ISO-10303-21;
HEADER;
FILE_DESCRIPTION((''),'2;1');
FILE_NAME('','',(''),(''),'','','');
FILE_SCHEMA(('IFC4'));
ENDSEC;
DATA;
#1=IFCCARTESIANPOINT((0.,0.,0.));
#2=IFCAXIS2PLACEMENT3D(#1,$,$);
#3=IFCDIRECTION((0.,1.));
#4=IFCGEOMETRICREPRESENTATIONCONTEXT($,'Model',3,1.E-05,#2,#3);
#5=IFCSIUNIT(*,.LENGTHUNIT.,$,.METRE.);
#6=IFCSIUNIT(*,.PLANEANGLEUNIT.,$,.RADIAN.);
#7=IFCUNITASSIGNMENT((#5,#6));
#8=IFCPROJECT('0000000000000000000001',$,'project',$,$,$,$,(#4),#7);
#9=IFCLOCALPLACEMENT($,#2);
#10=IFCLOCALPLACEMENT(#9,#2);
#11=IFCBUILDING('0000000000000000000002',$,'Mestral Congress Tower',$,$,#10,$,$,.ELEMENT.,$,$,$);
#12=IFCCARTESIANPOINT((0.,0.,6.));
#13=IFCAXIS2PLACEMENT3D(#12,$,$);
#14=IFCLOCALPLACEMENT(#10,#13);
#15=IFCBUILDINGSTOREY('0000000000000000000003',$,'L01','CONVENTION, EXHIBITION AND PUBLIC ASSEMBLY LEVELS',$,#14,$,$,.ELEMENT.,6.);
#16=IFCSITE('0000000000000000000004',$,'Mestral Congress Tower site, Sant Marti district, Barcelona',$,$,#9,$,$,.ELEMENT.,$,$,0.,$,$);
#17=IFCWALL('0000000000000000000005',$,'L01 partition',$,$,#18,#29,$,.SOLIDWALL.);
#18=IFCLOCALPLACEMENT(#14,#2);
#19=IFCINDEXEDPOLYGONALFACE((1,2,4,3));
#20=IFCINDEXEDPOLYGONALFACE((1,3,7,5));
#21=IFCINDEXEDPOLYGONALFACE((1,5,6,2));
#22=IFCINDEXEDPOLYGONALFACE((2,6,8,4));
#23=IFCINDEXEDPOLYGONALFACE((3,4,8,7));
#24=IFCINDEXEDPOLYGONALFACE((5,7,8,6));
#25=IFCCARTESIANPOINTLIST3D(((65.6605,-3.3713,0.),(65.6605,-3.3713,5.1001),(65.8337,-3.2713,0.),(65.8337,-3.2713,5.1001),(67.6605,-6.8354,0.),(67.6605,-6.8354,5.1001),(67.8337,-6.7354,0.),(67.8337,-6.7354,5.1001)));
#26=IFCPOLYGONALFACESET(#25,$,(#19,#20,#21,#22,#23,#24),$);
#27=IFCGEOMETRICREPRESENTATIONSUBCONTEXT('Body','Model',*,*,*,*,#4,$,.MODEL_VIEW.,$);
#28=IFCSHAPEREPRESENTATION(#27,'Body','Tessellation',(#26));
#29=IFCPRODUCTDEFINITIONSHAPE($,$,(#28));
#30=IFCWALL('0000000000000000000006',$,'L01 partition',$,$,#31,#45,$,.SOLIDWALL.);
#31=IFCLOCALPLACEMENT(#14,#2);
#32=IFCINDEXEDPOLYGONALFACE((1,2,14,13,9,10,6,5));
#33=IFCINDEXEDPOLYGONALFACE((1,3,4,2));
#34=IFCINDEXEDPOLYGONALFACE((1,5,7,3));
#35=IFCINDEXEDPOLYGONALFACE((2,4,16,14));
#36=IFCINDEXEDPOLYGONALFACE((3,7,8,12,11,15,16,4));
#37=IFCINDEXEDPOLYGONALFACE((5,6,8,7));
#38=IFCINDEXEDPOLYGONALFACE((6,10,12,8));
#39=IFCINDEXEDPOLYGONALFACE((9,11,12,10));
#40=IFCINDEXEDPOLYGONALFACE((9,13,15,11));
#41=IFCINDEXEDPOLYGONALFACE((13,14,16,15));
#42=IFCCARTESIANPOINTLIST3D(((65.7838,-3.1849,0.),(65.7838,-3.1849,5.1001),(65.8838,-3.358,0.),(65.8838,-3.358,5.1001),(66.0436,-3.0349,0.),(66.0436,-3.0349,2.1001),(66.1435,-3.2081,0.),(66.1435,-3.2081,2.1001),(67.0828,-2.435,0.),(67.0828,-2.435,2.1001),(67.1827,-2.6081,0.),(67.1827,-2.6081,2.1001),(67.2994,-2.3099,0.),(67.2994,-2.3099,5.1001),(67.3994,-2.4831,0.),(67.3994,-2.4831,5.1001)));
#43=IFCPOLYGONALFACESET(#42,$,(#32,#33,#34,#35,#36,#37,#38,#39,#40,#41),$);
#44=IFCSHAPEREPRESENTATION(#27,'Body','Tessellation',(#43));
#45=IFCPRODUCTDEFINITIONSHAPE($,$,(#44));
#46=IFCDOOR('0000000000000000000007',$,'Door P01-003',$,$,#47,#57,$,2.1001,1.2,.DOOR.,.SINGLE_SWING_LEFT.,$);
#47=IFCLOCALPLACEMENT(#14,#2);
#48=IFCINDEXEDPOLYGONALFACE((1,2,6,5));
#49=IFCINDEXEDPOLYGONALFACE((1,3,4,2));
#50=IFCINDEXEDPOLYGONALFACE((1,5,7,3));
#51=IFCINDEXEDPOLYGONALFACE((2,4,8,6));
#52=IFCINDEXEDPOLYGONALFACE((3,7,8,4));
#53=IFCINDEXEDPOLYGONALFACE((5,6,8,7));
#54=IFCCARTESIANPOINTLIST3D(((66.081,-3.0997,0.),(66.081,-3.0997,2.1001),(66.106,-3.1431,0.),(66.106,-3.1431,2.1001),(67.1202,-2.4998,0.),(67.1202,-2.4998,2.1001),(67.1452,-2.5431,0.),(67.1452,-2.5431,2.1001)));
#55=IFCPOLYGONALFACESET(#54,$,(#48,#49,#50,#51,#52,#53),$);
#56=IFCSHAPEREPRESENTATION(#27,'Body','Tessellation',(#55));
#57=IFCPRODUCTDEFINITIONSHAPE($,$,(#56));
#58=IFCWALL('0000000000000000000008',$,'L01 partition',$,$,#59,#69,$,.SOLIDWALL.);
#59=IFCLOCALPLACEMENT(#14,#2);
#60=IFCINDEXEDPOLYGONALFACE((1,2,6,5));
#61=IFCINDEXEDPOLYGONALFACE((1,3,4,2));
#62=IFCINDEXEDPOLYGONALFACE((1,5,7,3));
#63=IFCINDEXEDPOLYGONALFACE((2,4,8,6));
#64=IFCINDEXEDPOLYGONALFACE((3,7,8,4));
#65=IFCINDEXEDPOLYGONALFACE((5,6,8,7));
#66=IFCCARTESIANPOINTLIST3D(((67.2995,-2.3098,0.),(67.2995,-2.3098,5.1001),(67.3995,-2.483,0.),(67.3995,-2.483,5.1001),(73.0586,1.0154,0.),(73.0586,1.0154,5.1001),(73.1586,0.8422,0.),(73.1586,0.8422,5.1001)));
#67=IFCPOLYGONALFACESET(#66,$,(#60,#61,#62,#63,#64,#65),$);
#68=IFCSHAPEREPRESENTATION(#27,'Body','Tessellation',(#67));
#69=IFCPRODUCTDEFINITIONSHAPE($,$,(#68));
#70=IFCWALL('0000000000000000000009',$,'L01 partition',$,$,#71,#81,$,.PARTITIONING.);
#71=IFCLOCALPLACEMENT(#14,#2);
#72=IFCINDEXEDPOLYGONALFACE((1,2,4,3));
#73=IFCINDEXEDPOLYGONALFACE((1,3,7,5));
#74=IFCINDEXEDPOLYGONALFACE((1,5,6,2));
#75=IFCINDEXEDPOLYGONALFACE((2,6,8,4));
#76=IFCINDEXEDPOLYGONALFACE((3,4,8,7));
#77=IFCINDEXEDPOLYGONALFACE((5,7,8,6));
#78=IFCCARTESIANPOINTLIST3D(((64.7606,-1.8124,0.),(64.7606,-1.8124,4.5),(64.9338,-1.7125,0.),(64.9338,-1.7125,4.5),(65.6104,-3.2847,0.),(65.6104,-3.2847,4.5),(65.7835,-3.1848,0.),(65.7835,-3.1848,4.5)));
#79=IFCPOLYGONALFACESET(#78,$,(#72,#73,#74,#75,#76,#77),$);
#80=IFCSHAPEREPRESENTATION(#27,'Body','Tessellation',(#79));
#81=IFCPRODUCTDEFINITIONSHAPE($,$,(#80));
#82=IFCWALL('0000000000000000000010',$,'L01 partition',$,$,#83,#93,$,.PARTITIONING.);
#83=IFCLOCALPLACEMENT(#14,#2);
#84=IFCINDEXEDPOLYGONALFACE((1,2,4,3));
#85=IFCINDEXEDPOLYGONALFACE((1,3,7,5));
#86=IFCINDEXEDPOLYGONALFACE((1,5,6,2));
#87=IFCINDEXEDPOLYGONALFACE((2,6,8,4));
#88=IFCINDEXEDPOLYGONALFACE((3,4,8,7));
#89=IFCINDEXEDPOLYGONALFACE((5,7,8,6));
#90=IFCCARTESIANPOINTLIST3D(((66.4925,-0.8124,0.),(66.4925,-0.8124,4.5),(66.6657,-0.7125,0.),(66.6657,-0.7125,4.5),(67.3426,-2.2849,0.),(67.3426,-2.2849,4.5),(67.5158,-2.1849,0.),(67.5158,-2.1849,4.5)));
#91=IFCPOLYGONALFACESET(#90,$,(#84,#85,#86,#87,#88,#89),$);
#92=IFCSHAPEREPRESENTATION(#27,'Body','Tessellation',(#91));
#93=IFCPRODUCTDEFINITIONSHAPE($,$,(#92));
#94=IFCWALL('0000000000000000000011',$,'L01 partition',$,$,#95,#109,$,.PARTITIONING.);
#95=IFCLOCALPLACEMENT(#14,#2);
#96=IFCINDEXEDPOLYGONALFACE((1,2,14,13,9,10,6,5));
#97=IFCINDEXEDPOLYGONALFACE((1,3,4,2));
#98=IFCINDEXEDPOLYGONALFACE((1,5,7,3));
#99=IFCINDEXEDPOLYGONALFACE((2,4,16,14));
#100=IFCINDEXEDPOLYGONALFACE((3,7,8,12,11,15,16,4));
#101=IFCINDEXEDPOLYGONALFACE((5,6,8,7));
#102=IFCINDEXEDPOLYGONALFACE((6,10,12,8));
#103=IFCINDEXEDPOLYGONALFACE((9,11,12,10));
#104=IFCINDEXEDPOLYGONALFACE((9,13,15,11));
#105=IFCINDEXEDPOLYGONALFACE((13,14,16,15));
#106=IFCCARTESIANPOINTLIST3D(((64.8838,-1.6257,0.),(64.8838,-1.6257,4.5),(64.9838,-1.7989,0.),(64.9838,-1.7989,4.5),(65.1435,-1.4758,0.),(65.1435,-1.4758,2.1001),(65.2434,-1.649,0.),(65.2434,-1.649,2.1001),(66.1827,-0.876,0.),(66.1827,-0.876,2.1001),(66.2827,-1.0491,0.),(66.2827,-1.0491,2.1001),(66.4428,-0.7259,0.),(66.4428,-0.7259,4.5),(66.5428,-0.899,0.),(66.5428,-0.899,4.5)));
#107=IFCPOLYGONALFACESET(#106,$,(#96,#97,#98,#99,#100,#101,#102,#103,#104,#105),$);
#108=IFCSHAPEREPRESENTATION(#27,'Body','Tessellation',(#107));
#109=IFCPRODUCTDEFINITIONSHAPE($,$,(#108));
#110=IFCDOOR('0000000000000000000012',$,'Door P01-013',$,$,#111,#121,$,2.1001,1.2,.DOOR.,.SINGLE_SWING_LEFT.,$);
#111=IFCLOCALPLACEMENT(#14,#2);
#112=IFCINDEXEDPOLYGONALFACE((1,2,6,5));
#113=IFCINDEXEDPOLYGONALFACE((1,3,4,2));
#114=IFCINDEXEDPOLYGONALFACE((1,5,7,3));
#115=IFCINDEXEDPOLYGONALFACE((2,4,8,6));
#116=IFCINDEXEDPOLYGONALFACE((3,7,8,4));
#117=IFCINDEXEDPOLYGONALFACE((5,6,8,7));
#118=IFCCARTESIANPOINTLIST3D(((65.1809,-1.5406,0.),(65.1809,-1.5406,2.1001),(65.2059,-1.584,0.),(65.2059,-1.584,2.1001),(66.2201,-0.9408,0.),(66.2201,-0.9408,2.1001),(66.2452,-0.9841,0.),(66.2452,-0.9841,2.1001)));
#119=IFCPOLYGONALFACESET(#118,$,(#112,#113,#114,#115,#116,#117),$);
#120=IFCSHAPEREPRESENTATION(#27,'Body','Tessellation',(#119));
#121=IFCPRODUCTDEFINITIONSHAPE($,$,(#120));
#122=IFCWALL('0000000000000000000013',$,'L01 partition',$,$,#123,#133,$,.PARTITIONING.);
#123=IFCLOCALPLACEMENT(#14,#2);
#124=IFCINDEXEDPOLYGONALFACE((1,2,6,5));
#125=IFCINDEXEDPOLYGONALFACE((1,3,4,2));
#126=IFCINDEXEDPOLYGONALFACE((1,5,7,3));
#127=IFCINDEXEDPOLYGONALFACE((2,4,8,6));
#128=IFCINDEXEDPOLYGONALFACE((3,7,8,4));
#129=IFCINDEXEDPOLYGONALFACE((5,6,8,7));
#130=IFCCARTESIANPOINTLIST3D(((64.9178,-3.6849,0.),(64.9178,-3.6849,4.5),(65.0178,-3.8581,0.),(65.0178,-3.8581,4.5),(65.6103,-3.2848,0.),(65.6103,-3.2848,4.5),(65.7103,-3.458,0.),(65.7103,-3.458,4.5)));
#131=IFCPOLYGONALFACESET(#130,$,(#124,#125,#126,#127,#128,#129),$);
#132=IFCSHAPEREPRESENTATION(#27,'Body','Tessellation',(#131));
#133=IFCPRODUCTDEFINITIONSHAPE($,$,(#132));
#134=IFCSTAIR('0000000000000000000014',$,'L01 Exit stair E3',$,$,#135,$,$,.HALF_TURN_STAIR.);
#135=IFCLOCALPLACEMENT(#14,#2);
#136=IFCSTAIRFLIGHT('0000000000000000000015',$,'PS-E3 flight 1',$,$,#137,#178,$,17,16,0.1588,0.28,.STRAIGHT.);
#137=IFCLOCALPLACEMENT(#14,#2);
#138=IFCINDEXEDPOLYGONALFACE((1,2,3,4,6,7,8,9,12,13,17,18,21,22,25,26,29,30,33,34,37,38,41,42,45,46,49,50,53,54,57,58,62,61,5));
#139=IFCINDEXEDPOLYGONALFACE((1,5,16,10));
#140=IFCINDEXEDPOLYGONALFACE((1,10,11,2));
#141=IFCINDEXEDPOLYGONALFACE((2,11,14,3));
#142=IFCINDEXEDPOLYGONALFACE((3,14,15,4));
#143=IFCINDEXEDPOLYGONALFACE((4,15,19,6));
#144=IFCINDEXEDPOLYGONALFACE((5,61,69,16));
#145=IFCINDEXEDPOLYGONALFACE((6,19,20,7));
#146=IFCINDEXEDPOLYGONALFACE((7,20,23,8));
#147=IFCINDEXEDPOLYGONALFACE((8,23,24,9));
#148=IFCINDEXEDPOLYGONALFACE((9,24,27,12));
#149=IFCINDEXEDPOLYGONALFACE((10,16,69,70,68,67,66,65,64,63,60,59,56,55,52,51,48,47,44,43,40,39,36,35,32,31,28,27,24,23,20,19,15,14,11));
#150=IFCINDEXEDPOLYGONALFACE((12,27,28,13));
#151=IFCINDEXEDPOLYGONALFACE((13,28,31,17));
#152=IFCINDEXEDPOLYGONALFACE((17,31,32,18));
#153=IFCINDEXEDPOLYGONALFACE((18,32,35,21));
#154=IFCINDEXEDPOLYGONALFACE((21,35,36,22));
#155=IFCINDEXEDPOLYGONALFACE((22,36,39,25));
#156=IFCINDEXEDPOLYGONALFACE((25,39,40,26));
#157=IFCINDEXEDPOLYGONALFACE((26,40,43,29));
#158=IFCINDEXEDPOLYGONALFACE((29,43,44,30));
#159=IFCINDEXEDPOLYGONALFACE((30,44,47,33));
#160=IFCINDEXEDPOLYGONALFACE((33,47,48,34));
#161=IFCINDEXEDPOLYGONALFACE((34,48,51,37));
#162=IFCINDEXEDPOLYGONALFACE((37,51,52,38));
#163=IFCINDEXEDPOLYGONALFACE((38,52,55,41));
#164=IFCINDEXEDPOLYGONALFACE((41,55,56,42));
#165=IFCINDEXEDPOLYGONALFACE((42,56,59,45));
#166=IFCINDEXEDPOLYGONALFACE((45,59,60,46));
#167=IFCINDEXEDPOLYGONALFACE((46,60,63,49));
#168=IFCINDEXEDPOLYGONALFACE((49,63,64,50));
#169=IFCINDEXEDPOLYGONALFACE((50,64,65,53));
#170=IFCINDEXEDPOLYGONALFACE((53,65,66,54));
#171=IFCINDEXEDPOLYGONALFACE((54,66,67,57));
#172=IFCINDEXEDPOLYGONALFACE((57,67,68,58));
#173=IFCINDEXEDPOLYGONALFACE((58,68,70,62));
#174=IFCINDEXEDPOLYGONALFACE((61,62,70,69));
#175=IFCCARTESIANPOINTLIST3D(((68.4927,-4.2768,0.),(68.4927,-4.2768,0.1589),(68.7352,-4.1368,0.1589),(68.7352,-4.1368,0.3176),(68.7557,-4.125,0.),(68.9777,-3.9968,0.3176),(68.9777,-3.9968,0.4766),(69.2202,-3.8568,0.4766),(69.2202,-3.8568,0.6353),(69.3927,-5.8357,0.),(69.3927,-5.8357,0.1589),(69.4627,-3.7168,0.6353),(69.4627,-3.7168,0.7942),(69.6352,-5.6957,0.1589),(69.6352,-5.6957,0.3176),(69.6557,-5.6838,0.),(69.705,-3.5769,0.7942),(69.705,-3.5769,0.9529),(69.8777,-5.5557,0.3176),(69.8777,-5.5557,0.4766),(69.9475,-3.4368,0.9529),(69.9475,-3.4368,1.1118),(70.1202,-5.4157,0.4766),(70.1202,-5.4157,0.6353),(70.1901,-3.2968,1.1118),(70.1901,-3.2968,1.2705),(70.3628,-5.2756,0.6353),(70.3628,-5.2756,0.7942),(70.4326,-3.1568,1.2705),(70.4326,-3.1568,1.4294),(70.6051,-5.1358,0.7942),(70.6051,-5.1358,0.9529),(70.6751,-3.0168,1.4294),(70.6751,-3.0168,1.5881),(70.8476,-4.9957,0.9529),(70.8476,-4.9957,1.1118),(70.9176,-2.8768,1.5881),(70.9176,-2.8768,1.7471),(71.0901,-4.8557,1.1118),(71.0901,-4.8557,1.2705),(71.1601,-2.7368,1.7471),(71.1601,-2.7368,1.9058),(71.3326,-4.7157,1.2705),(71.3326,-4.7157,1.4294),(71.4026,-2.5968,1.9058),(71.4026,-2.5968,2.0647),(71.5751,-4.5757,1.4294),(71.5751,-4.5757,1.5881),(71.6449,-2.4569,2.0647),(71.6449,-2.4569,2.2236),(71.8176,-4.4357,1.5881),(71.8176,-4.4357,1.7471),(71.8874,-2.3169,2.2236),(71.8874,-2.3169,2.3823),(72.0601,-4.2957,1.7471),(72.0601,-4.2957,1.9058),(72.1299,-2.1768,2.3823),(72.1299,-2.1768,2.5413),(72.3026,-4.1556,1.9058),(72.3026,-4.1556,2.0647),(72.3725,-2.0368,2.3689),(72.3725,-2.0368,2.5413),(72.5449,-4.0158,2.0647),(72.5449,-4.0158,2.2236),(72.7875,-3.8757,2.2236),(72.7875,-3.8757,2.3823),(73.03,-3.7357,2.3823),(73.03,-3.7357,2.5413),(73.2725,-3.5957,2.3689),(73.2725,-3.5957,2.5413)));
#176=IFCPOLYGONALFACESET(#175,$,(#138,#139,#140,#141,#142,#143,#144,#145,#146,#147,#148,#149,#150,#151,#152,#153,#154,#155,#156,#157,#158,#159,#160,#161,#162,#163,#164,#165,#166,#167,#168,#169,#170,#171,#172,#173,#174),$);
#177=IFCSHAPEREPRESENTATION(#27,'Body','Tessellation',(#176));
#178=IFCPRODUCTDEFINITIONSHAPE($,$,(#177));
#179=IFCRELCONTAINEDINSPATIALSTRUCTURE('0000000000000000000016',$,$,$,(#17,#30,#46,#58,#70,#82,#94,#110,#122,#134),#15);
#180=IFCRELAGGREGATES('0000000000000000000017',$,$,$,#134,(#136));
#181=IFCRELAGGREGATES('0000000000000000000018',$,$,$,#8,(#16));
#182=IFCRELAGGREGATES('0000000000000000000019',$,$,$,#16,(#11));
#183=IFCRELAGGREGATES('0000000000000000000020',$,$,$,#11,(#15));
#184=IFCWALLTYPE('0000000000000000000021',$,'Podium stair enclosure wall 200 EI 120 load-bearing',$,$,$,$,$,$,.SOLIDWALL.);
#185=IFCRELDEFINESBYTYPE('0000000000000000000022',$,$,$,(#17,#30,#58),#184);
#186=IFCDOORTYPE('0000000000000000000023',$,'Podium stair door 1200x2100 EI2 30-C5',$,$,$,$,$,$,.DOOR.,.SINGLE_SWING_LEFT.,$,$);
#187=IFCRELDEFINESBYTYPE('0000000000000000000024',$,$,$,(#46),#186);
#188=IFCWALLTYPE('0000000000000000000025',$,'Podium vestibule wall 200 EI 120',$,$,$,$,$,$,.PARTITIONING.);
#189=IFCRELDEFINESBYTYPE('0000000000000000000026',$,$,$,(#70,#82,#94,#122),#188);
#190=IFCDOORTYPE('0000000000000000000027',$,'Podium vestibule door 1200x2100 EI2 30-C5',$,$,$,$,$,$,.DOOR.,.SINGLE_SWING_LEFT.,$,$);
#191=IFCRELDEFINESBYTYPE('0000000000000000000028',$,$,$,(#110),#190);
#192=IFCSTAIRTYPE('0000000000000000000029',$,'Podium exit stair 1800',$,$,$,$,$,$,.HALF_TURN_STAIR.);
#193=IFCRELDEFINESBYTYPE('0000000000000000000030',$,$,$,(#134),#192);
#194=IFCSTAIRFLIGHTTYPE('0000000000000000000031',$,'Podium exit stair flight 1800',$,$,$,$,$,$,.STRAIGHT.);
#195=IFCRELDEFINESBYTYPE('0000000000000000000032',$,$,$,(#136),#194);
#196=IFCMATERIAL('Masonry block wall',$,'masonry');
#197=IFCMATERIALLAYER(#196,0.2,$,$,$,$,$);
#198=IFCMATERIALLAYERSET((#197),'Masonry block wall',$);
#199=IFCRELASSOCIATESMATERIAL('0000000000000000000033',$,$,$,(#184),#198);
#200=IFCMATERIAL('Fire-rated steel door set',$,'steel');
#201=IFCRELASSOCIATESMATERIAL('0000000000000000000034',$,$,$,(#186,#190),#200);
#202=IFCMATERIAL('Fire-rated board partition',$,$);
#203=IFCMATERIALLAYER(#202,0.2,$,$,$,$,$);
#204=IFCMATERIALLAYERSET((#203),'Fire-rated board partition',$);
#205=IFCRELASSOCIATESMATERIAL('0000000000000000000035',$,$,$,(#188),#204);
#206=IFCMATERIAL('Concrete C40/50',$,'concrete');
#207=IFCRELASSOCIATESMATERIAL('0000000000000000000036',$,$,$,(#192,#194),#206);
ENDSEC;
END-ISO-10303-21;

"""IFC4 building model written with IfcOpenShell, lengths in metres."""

from ifc_helpers import new_model, si_unit, direction, frame, frame_2d, origin, place, context, subcontext, project, spatial, polyline, rectangle, outline, extrude, material, layer, layer_set, type_object, element, fill, aggregate, save


model = new_model("IFC4")

# Units and contexts
model_context = context("Model", 3, precision=1e-05, world=origin(), true_north=direction((0.0, 1.0)))
body_context = subcontext(model_context, "Body", "Model", "MODEL_VIEW")
ifc_project = project(units=[si_unit("LENGTHUNIT", "METRE"), si_unit("PLANEANGLEUNIT", "RADIAN")], contexts=[model_context])

# Site, building, storey
site_placement = place(None, origin())
site = spatial("IfcSite", under=ifc_project, at=site_placement, Name="Mestral Congress Tower site, Sant Marti district, Barcelona", CompositionType="ELEMENT", RefElevation=0.0)
building_placement = place(site_placement, origin())
building = spatial("IfcBuilding", under=site, at=building_placement, Name="Mestral Congress Tower", CompositionType="ELEMENT")
storey_placement = place(building_placement, frame((0.0, 0.0, 6.0)))
storey = spatial("IfcBuildingStorey", under=building, at=storey_placement, Name="L01", Description="CONVENTION, EXHIBITION AND PUBLIC ASSEMBLY LEVELS", CompositionType="ELEMENT", Elevation=6.0)

# Shared definitions
ifc_material_1 = material(Name="Masonry block wall", Category="masonry")
ifc_material_2 = material(Name="Fire-rated steel door set", Category="steel")

# Wall
ifc_layer_1 = layer(ifc_material_1, 0.2)
ifc_layer_set_1 = layer_set([ifc_layer_1], Name="Masonry block wall")
wall_type_1 = type_object("IfcWallType", Name="Podium stair enclosure wall 200 EI 120 load-bearing", PredefinedType="SOLIDWALL", material=ifc_layer_set_1)
wall_1_placement = place(storey_placement, frame((67.7471, -6.7854, 0.0), z_axis=(0.0, 0.0, 1.0), x_axis=(-0.499999, 0.866026, 0.0)))
element("IfcWall", 1, at=wall_1_placement, inside=storey, type_object=wall_type_1, Name="L01 partition", PredefinedType="SOLIDWALL", context=body_context, shape_type="SweptSolid", body=[
    extrude(rectangle(XDim=4.0, YDim=0.2, at=frame_2d((2.0, 0.0))), origin(), (0.0, 0.0, 1.0), 5.1001),
])

# Wall, opening, door
wall_2_placement = place(storey_placement, frame((67.3494, -2.3965, 0.0), z_axis=(0.0, 0.0, 1.0), x_axis=(-0.866037, -0.49998, 0.0)))
wall_2 = element("IfcWall", 2, at=wall_2_placement, inside=storey, type_object=wall_type_1, Name="L01 partition", PredefinedType="SOLIDWALL", context=body_context, shape_type="SweptSolid", body=[
    extrude(rectangle(XDim=1.75, YDim=0.2, at=frame_2d((0.875, 0.0))), origin(), (0.0, 0.0, 1.0), 5.1001),
])
opening_1_placement = place(wall_2_placement, frame((0.25, 0.0, 0.0)))
opening_1 = element("IfcOpeningElement", 3, at=opening_1_placement, cuts=wall_2, PredefinedType="OPENING", context=body_context, shape_type="SweptSolid", body=[
    extrude(rectangle(XDim=1.2, YDim=2.1001, at=frame_2d((0.6001, 1.05))), frame((0.0, 0.1099, 0.0), z_axis=(0.0, -1.0, 0.0), x_axis=(1.0, 0.0, 0.0)), (0.0, 0.0, 1.0), 0.22),
])
door_type_1 = type_object("IfcDoorType", Name="Podium stair door 1200x2100 EI2 30-C5", OperationType="SINGLE_SWING_LEFT", PredefinedType="DOOR", material=ifc_material_2)
door_1_placement = place(opening_1_placement, origin())
door_1 = element("IfcDoor", 4, at=door_1_placement, inside=storey, type_object=door_type_1, Name="Door P01-003", OperationType="SINGLE_SWING_LEFT", OverallHeight=2.1001, OverallWidth=1.2, PredefinedType="DOOR", context=body_context, shape_type="SweptSolid", body=[
    extrude(rectangle(XDim=1.2, YDim=2.1001, at=frame_2d((0.6001, 1.05))), frame((0.0, 0.0249, 0.0), z_axis=(0.0, -1.0, 0.0), x_axis=(1.0, 0.0, 0.0)), (0.0, 0.0, 1.0), 0.05),
])
fill(opening_1, door_1)

# Walls
wall_3_placement = place(storey_placement, frame((67.3494, -2.3965, 0.0), z_axis=(0.0, 0.0, 1.0), x_axis=(0.866011, 0.500024, 0.0)))
element("IfcWall", 5, at=wall_3_placement, inside=storey, type_object=wall_type_1, Name="L01 partition", PredefinedType="SOLIDWALL", context=body_context, shape_type="SweptSolid", body=[
    extrude(rectangle(XDim=6.6501, YDim=0.2, at=frame_2d((3.3252, 0.0))), origin(), (0.0, 0.0, 1.0), 5.1001),
])
ifc_material_3 = material(Name="Fire-rated board partition")
ifc_layer_2 = layer(ifc_material_3, 0.2)
ifc_layer_set_2 = layer_set([ifc_layer_2], Name="Fire-rated board partition")
wall_type_2 = type_object("IfcWallType", Name="Podium vestibule wall 200 EI 120", PredefinedType="PARTITIONING", material=ifc_layer_set_2)
wall_4_placement = place(storey_placement, frame((65.697, -3.2349, 0.0), z_axis=(0.0, 0.0, 1.0), x_axis=(-0.499892, 0.866088, 0.0)))
element("IfcWall", 6, at=wall_4_placement, inside=storey, type_object=wall_type_2, Name="L01 partition", PredefinedType="PARTITIONING", context=body_context, shape_type="SweptSolid", body=[
    extrude(rectangle(XDim=1.7, YDim=0.2, at=frame_2d((0.8501, 0.0))), origin(), (0.0, 0.0, 1.0), 4.5),
])
wall_5_placement = place(storey_placement, frame((67.4292, -2.2349, 0.0), z_axis=(0.0, 0.0, 1.0), x_axis=(-0.5, 0.866025, 0.0)))
element("IfcWall", 7, at=wall_5_placement, inside=storey, type_object=wall_type_2, Name="L01 partition", PredefinedType="PARTITIONING", context=body_context, shape_type="SweptSolid", body=[
    extrude(rectangle(XDim=1.7002, YDim=0.2, at=frame_2d((0.8501, 0.0))), origin(), (0.0, 0.0, 1.0), 4.5),
])

# Wall, opening, door
wall_6_placement = place(storey_placement, frame((66.4927, -0.8125, 0.0), z_axis=(0.0, 0.0, 1.0), x_axis=(-0.866082, -0.499902, 0.0)))
wall_6 = element("IfcWall", 8, at=wall_6_placement, inside=storey, type_object=wall_type_2, Name="L01 partition", PredefinedType="PARTITIONING", context=body_context, shape_type="SweptSolid", body=[
    extrude(rectangle(XDim=1.8, YDim=0.2, at=frame_2d((0.8999, 0.0))), origin(), (0.0, 0.0, 1.0), 4.5),
])
opening_2_placement = place(wall_6_placement, frame((0.3, 0.0, 0.0)))
opening_2 = element("IfcOpeningElement", 9, at=opening_2_placement, cuts=wall_6, PredefinedType="OPENING", context=body_context, shape_type="SweptSolid", body=[
    extrude(rectangle(XDim=1.2, YDim=2.1001, at=frame_2d((0.6001, 1.05))), frame((0.0, 0.1099, 0.0), z_axis=(0.0, -1.0, 0.0), x_axis=(1.0, 0.0, 0.0)), (0.0, 0.0, 1.0), 0.22),
])
door_type_2 = type_object("IfcDoorType", Name="Podium vestibule door 1200x2100 EI2 30-C5", OperationType="SINGLE_SWING_LEFT", PredefinedType="DOOR", material=ifc_material_2)
door_2_placement = place(opening_2_placement, origin())
door_2 = element("IfcDoor", 10, at=door_2_placement, inside=storey, type_object=door_type_2, Name="Door P01-013", OperationType="SINGLE_SWING_LEFT", OverallHeight=2.1001, OverallWidth=1.2, PredefinedType="DOOR", context=body_context, shape_type="SweptSolid", body=[
    extrude(rectangle(XDim=1.2, YDim=2.1001, at=frame_2d((0.6001, 1.05))), frame((0.0, 0.0249, 0.0), z_axis=(0.0, -1.0, 0.0), x_axis=(1.0, 0.0, 0.0)), (0.0, 0.0, 1.0), 0.05),
])
fill(opening_2, door_2)

# Wall
wall_7_placement = place(storey_placement, frame((64.9678, -3.7715, 0.0), z_axis=(0.0, 0.0, 1.0), x_axis=(0.865886, 0.500242, 0.0)))
element("IfcWall", 11, at=wall_7_placement, inside=storey, type_object=wall_type_2, Name="L01 partition", PredefinedType="PARTITIONING", context=body_context, shape_type="SweptSolid", body=[
    extrude(rectangle(XDim=0.7998, YDim=0.2, at=frame_2d((0.3999, 0.0))), origin(), (0.0, 0.0, 1.0), 4.5),
])

# Stair, stair flight
ifc_material_4 = material(Name="Concrete C40/50", Category="concrete")
stair_type = type_object("IfcStairType", Name="Podium exit stair 1800", PredefinedType="HALF_TURN_STAIR", material=ifc_material_4)
stair_placement = place(storey_placement, origin())
stair = element("IfcStair", 12, at=stair_placement, inside=storey, type_object=stair_type, Name="L01 Exit stair E3", PredefinedType="HALF_TURN_STAIR")
stair_flight_type = type_object("IfcStairFlightType", Name="Podium exit stair flight 1800", PredefinedType="STRAIGHT", material=ifc_material_4)
stair_flight_placement = place(storey_placement, frame((68.9426, -5.0562, 0.0), z_axis=(0.0, 0.0, 1.0), x_axis=(0.866025, 0.5, 0.0)))
stair_flight = element("IfcStairFlight", 13, at=stair_flight_placement, type_object=stair_flight_type, Name="PS-E3 flight 1", NumberOfRisers=17, NumberOfTreads=16, PredefinedType="STRAIGHT", RiserHeight=0.1588, TreadLength=0.28, context=body_context, shape_type="SweptSolid", body=[
    extrude(outline(polyline([(0.0, 0.0), (0.0, 0.1589), (0.28, 0.1589), (0.28, 0.3176), (0.5601, 0.3176), (0.5601, 0.4766), (0.8401, 0.4766), (0.8401, 0.6353), (1.1201, 0.6353), (1.1201, 0.7942), (1.3999, 0.7942), (1.3999, 0.9529), (1.6799, 0.9529), (1.6799, 1.1118), (1.96, 1.1118), (1.96, 1.2705), (2.24, 1.2705), (2.24, 1.4294), (2.52, 1.4294), (2.52, 1.5881), (2.8, 1.5881), (2.8, 1.7471), (3.0801, 1.7471), (3.0801, 1.9058), (3.3601, 1.9058), (3.3601, 2.0647), (3.6399, 2.0647), (3.6399, 2.2236), (3.9199, 2.2236), (3.9199, 2.3823), (4.2, 2.3823), (4.2, 2.5413), (4.48, 2.5413), (4.48, 2.7), (4.48, 2.3689), (0.3037, 0.0), (0.0, 0.0)])), frame((0.0, 0.8999, 0.0), z_axis=(0.0, -1.0, 0.0), x_axis=(1.0, 0.0, 0.0)), (0.0, 0.0, 1.0), 1.8),
])
aggregate(stair, [stair_flight])

save(model, "model.ifc")
